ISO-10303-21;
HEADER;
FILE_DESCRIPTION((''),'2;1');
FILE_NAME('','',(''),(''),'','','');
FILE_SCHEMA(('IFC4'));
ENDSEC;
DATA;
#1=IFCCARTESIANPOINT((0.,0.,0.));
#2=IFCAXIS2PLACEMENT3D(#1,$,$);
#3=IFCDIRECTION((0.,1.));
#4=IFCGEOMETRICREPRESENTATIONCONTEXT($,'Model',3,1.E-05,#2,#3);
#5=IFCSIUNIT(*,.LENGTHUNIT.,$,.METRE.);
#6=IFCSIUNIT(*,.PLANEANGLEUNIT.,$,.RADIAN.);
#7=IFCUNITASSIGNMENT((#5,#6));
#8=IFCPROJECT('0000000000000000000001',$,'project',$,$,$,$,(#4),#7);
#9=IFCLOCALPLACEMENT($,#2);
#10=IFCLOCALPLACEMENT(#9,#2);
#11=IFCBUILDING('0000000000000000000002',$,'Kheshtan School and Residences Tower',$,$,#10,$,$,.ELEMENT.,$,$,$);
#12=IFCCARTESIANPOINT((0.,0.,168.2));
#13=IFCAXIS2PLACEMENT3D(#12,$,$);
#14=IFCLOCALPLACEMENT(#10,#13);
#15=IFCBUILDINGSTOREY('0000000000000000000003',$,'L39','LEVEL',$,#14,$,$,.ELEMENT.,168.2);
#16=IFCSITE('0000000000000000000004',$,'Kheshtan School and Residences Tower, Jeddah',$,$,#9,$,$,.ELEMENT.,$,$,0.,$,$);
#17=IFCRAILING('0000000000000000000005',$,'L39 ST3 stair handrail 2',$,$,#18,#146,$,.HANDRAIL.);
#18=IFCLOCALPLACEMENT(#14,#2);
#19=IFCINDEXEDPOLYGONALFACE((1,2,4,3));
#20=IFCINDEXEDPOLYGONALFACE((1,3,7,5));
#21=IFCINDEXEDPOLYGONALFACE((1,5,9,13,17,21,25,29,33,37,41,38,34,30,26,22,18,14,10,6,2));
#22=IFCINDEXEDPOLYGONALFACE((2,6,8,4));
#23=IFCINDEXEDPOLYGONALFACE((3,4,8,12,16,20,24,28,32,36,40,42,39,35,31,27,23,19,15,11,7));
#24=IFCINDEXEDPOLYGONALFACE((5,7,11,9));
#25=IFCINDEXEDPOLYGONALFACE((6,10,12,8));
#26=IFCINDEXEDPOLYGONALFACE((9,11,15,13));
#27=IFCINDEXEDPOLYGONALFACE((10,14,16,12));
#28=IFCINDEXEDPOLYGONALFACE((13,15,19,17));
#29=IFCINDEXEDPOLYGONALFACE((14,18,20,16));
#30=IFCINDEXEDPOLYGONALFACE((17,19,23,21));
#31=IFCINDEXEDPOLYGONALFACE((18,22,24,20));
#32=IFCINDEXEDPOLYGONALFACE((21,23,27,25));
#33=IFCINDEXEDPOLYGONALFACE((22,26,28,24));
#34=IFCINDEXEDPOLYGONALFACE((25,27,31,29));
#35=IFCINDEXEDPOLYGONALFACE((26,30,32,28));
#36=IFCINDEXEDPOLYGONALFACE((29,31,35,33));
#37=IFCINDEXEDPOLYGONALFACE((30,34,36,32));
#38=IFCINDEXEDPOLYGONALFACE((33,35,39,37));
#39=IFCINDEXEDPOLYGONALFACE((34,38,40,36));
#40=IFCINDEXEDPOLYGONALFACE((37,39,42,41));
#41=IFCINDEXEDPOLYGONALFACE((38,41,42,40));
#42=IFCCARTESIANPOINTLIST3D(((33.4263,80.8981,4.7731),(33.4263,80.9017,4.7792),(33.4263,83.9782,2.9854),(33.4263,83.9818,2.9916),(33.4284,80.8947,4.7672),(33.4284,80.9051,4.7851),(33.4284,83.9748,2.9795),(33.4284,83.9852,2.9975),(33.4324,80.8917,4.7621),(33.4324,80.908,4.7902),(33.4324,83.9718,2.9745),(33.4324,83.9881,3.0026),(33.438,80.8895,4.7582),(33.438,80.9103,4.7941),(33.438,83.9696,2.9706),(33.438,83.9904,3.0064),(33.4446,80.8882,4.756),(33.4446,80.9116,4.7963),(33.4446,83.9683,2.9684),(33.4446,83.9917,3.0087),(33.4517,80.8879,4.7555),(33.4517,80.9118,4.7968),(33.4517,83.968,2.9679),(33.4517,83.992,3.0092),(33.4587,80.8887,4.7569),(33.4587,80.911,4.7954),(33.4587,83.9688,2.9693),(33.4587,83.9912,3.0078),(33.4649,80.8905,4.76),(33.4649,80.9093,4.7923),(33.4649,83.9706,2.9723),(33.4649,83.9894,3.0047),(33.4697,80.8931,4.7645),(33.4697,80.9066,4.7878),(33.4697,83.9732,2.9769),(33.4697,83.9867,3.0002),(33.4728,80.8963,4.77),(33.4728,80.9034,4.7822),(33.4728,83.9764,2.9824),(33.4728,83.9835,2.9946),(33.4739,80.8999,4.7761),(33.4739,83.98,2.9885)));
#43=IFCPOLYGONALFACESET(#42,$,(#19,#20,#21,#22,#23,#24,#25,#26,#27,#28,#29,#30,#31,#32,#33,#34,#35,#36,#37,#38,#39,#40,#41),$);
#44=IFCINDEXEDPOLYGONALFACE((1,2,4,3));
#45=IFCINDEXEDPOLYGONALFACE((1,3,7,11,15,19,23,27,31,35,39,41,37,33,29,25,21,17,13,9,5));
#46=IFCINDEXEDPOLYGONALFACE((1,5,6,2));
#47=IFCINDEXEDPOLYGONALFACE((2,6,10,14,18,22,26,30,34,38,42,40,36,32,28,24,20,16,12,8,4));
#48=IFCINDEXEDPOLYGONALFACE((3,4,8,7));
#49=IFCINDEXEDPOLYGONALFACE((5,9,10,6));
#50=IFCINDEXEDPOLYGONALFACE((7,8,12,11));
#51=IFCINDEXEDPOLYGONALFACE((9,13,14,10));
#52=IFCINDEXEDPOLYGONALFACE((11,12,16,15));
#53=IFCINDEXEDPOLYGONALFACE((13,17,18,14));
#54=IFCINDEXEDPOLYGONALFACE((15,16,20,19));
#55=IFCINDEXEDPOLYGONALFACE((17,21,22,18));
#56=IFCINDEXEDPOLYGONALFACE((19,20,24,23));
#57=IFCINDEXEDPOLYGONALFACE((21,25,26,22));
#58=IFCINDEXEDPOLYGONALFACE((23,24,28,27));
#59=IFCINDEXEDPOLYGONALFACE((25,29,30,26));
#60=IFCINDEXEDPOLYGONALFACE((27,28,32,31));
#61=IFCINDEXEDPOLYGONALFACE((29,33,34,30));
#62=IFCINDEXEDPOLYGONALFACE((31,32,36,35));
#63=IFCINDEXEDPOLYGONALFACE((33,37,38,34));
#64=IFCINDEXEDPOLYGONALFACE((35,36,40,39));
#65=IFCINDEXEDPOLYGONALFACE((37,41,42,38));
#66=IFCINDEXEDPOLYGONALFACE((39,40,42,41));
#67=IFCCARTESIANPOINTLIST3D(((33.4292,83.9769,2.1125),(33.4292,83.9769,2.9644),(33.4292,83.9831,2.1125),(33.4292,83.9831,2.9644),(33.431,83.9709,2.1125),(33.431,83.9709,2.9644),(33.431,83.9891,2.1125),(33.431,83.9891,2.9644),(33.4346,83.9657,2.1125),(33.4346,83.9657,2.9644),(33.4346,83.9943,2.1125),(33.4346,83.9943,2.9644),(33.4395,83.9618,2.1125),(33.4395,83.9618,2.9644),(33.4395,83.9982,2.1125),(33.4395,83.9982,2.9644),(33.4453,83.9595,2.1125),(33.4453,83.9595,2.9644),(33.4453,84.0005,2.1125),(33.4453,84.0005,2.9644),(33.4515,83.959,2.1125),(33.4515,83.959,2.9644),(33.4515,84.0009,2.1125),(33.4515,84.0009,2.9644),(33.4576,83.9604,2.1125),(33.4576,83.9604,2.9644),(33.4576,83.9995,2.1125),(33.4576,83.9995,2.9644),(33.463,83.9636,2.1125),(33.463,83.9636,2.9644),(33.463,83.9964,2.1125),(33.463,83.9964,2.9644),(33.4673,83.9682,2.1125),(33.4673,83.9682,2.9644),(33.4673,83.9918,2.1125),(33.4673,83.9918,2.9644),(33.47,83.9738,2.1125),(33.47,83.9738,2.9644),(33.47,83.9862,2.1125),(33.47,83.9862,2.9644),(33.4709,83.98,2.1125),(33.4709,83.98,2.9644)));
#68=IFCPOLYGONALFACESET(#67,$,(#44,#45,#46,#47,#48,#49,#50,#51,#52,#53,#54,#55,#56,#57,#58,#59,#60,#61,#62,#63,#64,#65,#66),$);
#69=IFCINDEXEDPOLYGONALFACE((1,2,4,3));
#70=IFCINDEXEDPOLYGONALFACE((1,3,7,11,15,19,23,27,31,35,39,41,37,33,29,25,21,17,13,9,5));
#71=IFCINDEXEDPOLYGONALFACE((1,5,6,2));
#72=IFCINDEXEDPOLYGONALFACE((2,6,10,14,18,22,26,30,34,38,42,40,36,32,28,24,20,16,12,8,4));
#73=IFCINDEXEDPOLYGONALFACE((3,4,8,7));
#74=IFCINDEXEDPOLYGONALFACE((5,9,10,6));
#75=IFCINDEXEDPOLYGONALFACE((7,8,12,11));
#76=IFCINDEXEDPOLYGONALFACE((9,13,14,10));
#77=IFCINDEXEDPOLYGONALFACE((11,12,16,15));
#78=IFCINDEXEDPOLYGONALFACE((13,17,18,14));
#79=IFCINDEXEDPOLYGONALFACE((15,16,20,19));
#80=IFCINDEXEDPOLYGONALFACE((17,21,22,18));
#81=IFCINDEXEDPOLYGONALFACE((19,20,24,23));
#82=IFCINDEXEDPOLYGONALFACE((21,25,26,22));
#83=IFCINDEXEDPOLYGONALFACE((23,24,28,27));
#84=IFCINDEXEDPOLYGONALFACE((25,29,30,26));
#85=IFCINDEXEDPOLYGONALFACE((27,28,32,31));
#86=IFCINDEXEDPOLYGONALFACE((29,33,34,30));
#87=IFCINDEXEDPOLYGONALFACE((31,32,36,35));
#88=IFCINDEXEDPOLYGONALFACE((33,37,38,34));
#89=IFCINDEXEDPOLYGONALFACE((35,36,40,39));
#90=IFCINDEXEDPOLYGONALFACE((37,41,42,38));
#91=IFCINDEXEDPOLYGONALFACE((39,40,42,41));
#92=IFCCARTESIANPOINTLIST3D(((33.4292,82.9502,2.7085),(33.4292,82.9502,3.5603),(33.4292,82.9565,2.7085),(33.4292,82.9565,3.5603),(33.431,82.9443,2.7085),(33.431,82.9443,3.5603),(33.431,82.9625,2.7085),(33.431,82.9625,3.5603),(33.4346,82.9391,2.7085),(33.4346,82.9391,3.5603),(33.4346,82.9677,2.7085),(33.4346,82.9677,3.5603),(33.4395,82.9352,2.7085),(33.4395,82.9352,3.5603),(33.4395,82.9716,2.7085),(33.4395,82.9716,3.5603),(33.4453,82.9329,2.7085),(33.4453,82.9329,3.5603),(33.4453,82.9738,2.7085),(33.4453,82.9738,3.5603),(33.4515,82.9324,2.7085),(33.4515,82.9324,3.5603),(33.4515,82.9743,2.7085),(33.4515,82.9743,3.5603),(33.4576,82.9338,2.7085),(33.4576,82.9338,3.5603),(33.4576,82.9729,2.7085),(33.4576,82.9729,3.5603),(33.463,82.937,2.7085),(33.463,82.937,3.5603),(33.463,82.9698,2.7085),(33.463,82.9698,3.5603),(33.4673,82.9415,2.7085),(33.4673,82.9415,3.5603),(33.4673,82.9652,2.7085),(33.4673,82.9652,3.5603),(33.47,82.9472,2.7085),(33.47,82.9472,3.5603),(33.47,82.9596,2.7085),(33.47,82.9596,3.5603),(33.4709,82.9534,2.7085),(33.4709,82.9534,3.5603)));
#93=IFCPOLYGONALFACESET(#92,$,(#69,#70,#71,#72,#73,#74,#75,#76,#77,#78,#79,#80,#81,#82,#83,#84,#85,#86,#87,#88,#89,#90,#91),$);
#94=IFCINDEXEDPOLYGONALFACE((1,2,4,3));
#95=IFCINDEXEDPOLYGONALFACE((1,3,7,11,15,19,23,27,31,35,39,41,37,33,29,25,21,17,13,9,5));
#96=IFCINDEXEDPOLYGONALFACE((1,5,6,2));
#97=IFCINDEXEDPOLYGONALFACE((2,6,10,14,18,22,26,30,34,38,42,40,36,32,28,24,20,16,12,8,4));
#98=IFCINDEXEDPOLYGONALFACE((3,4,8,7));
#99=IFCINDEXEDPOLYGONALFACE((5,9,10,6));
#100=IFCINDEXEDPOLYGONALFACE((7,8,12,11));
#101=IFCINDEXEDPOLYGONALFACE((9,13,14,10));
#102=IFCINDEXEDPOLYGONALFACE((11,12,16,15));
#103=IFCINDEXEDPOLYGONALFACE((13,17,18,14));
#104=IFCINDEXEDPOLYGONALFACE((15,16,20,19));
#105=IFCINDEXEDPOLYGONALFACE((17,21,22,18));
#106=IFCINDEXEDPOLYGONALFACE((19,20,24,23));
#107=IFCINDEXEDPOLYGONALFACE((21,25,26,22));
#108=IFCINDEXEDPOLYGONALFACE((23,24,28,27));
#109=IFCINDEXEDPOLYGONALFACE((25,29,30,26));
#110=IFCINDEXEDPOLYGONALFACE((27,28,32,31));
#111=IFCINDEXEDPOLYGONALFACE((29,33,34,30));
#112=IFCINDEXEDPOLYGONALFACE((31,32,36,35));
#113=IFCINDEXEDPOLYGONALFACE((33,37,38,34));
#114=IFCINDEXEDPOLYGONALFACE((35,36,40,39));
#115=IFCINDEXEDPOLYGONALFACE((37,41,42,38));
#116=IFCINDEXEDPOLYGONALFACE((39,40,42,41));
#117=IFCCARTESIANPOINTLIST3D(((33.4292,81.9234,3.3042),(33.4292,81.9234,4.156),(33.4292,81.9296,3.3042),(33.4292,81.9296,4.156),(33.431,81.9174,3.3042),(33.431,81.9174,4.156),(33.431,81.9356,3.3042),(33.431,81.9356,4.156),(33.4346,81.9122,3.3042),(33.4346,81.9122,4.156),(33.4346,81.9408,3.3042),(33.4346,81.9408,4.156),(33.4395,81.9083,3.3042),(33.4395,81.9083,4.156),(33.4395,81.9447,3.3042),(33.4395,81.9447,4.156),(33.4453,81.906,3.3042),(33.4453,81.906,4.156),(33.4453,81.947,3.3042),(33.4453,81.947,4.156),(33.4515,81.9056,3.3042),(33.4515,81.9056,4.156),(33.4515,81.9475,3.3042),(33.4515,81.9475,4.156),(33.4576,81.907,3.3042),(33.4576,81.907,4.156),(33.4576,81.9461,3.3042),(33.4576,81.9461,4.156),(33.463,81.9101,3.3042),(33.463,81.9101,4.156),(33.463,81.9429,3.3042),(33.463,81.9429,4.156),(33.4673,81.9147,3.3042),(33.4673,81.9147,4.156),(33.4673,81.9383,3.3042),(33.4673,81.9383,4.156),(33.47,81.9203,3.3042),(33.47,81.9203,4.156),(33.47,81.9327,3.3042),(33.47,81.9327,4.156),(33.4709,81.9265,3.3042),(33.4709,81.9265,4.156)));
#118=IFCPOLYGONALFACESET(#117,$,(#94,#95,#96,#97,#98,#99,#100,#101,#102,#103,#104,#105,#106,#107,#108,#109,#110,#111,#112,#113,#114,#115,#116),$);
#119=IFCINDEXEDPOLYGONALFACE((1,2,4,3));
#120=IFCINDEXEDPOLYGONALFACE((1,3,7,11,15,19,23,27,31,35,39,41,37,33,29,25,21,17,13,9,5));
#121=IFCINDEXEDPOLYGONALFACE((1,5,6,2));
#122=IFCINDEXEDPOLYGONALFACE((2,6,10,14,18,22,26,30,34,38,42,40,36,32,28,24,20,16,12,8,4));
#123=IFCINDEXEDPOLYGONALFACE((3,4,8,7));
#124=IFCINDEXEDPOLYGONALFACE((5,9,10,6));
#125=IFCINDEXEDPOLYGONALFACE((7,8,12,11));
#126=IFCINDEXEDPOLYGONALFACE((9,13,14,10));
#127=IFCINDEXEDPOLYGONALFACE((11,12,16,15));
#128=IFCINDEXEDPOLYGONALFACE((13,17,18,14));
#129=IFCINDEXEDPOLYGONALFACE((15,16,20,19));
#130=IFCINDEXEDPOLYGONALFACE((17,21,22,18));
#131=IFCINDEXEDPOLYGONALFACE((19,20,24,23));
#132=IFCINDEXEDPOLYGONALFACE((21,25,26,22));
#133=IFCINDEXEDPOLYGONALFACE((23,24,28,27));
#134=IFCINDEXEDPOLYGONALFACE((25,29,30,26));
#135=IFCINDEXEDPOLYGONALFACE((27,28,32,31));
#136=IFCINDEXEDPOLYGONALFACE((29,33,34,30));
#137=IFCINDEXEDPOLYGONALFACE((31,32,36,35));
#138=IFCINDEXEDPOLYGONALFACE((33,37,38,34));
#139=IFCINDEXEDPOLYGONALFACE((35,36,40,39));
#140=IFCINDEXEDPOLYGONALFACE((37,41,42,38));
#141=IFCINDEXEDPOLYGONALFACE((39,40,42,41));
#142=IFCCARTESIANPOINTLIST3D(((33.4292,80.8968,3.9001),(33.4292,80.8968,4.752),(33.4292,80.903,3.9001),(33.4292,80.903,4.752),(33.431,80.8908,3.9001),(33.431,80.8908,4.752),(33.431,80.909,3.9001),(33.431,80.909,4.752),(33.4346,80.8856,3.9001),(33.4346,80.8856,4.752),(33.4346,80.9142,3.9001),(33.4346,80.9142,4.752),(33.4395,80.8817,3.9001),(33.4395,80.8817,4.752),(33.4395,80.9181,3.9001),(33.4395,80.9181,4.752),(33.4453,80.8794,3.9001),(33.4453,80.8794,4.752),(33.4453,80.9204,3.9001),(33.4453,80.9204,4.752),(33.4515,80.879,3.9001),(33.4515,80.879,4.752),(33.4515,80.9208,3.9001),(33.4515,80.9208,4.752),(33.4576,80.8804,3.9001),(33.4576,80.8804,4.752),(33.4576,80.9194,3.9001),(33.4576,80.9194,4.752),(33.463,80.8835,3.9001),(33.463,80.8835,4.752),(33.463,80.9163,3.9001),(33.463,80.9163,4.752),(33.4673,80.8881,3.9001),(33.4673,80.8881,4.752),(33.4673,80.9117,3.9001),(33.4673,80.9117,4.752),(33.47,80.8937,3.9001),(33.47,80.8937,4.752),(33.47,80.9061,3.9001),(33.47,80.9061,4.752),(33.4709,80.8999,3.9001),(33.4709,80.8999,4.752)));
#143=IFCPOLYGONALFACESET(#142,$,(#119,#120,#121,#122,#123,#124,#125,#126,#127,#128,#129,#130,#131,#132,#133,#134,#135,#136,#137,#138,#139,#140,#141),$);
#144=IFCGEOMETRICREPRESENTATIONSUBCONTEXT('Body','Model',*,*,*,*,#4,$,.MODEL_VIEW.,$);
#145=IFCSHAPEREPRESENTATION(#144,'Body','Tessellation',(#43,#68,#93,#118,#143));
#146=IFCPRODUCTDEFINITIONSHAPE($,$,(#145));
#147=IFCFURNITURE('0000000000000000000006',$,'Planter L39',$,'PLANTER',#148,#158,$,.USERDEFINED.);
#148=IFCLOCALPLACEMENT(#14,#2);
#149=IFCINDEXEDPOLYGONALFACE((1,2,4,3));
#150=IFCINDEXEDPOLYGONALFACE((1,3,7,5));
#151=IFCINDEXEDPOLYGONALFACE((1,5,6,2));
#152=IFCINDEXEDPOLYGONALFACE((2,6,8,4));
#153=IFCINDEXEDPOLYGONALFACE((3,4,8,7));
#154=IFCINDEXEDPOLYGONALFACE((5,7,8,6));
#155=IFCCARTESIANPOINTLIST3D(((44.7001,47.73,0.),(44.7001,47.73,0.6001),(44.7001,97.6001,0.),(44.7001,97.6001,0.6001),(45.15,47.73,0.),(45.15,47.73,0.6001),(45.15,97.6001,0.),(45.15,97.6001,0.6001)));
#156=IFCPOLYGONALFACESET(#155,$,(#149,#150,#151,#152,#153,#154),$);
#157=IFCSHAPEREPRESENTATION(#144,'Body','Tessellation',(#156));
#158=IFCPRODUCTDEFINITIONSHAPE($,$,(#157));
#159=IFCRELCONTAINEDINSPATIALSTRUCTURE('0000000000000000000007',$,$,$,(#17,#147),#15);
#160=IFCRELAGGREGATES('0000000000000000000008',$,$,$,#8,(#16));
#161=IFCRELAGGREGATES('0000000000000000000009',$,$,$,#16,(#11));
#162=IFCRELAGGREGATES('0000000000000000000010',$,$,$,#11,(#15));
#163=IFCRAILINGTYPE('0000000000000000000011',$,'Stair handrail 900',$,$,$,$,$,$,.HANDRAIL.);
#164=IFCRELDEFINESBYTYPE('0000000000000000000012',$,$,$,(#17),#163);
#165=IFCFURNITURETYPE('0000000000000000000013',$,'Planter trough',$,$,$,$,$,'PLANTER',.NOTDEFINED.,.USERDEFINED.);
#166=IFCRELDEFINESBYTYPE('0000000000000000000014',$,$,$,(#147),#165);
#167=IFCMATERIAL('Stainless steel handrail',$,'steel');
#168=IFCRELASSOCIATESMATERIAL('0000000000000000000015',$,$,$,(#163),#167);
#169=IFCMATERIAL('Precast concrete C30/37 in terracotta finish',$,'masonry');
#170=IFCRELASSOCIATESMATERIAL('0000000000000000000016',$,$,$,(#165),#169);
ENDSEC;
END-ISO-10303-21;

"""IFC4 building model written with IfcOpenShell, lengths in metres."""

from ifc_helpers import new_model, si_unit, direction, frame, origin, origin_2d, place, context, subcontext, project, spatial, rectangle, circle, extrude, material, type_object, element, save


model = new_model("IFC4")

# Units and contexts
model_context = context("Model", 3, precision=1e-05, world=origin(), true_north=direction((0.0, 1.0)))
body_context = subcontext(model_context, "Body", "Model", "MODEL_VIEW")
ifc_project = project(units=[si_unit("LENGTHUNIT", "METRE"), si_unit("PLANEANGLEUNIT", "RADIAN")], contexts=[model_context])

# Site, building, storey
site_placement = place(None, origin())
site = spatial("IfcSite", under=ifc_project, at=site_placement, Name="Kheshtan School and Residences Tower, Jeddah", CompositionType="ELEMENT", RefElevation=0.0)
building_placement = place(site_placement, origin())
building = spatial("IfcBuilding", under=site, at=building_placement, Name="Kheshtan School and Residences Tower", CompositionType="ELEMENT")
storey_placement = place(building_placement, frame((0.0, 0.0, 168.2)))
storey = spatial("IfcBuildingStorey", under=building, at=storey_placement, Name="L39", Description="LEVEL", CompositionType="ELEMENT", Elevation=168.2)

# Railing
ifc_material_1 = material(Name="Stainless steel handrail", Category="steel")
railing_type_1 = type_object("IfcRailingType", Name="Stair handrail 900", PredefinedType="HANDRAIL", material=ifc_material_1)
railing_1_placement = place(storey_placement, frame((33.45, 83.98, 2.1125)))
element("IfcRailing", 1, at=railing_1_placement, inside=storey, type_object=railing_type_1, Name="L39 ST3 stair handrail 2", PredefinedType="HANDRAIL", context=body_context, shape_type="SweptSolid", body=[
    extrude(circle(Radius=0.0239, at=origin_2d()), frame((0.0, 0.0, 0.876), z_axis=(0.0, -0.864891, 0.50196), x_axis=(1.0, 0.0, 0.0)), (0.0, 0.0, 1.0), 3.5613),
    extrude(circle(Radius=0.021, at=origin_2d()), origin(), (0.0, 0.0, 1.0), 0.8518),
    extrude(circle(Radius=0.021, at=origin_2d()), frame((0.0, -1.0266, 0.5959)), (0.0, 0.0, 1.0), 0.8518),
    extrude(circle(Radius=0.021, at=origin_2d()), frame((0.0, -2.0535, 1.1917)), (0.0, 0.0, 1.0), 0.8518),
    extrude(circle(Radius=0.021, at=origin_2d()), frame((0.0, -3.0801, 1.7876)), (0.0, 0.0, 1.0), 0.8518),
])

# Furniture
ifc_material_2 = material(Name="Precast concrete C30/37 in terracotta finish", Category="masonry")
furniture_type = type_object("IfcFurnitureType", Name="Planter trough", ElementType="PLANTER", AssemblyPlace="NOTDEFINED", PredefinedType="USERDEFINED", material=ifc_material_2)
furniture_placement = place(storey_placement, frame((44.925, 72.665, 0.0), z_axis=(0.0, 0.0, 1.0), x_axis=(0.0, -1.0, 0.0)))
element("IfcFurniture", 2, at=furniture_placement, inside=storey, type_object=furniture_type, Name="Planter L39", ObjectType="PLANTER", PredefinedType="USERDEFINED", context=body_context, shape_type="SweptSolid", body=[
    extrude(rectangle(XDim=49.8701, YDim=0.45, at=origin_2d()), origin(), (0.0, 0.0, 1.0), 0.6001),
])

save(model, "model.ifc")
